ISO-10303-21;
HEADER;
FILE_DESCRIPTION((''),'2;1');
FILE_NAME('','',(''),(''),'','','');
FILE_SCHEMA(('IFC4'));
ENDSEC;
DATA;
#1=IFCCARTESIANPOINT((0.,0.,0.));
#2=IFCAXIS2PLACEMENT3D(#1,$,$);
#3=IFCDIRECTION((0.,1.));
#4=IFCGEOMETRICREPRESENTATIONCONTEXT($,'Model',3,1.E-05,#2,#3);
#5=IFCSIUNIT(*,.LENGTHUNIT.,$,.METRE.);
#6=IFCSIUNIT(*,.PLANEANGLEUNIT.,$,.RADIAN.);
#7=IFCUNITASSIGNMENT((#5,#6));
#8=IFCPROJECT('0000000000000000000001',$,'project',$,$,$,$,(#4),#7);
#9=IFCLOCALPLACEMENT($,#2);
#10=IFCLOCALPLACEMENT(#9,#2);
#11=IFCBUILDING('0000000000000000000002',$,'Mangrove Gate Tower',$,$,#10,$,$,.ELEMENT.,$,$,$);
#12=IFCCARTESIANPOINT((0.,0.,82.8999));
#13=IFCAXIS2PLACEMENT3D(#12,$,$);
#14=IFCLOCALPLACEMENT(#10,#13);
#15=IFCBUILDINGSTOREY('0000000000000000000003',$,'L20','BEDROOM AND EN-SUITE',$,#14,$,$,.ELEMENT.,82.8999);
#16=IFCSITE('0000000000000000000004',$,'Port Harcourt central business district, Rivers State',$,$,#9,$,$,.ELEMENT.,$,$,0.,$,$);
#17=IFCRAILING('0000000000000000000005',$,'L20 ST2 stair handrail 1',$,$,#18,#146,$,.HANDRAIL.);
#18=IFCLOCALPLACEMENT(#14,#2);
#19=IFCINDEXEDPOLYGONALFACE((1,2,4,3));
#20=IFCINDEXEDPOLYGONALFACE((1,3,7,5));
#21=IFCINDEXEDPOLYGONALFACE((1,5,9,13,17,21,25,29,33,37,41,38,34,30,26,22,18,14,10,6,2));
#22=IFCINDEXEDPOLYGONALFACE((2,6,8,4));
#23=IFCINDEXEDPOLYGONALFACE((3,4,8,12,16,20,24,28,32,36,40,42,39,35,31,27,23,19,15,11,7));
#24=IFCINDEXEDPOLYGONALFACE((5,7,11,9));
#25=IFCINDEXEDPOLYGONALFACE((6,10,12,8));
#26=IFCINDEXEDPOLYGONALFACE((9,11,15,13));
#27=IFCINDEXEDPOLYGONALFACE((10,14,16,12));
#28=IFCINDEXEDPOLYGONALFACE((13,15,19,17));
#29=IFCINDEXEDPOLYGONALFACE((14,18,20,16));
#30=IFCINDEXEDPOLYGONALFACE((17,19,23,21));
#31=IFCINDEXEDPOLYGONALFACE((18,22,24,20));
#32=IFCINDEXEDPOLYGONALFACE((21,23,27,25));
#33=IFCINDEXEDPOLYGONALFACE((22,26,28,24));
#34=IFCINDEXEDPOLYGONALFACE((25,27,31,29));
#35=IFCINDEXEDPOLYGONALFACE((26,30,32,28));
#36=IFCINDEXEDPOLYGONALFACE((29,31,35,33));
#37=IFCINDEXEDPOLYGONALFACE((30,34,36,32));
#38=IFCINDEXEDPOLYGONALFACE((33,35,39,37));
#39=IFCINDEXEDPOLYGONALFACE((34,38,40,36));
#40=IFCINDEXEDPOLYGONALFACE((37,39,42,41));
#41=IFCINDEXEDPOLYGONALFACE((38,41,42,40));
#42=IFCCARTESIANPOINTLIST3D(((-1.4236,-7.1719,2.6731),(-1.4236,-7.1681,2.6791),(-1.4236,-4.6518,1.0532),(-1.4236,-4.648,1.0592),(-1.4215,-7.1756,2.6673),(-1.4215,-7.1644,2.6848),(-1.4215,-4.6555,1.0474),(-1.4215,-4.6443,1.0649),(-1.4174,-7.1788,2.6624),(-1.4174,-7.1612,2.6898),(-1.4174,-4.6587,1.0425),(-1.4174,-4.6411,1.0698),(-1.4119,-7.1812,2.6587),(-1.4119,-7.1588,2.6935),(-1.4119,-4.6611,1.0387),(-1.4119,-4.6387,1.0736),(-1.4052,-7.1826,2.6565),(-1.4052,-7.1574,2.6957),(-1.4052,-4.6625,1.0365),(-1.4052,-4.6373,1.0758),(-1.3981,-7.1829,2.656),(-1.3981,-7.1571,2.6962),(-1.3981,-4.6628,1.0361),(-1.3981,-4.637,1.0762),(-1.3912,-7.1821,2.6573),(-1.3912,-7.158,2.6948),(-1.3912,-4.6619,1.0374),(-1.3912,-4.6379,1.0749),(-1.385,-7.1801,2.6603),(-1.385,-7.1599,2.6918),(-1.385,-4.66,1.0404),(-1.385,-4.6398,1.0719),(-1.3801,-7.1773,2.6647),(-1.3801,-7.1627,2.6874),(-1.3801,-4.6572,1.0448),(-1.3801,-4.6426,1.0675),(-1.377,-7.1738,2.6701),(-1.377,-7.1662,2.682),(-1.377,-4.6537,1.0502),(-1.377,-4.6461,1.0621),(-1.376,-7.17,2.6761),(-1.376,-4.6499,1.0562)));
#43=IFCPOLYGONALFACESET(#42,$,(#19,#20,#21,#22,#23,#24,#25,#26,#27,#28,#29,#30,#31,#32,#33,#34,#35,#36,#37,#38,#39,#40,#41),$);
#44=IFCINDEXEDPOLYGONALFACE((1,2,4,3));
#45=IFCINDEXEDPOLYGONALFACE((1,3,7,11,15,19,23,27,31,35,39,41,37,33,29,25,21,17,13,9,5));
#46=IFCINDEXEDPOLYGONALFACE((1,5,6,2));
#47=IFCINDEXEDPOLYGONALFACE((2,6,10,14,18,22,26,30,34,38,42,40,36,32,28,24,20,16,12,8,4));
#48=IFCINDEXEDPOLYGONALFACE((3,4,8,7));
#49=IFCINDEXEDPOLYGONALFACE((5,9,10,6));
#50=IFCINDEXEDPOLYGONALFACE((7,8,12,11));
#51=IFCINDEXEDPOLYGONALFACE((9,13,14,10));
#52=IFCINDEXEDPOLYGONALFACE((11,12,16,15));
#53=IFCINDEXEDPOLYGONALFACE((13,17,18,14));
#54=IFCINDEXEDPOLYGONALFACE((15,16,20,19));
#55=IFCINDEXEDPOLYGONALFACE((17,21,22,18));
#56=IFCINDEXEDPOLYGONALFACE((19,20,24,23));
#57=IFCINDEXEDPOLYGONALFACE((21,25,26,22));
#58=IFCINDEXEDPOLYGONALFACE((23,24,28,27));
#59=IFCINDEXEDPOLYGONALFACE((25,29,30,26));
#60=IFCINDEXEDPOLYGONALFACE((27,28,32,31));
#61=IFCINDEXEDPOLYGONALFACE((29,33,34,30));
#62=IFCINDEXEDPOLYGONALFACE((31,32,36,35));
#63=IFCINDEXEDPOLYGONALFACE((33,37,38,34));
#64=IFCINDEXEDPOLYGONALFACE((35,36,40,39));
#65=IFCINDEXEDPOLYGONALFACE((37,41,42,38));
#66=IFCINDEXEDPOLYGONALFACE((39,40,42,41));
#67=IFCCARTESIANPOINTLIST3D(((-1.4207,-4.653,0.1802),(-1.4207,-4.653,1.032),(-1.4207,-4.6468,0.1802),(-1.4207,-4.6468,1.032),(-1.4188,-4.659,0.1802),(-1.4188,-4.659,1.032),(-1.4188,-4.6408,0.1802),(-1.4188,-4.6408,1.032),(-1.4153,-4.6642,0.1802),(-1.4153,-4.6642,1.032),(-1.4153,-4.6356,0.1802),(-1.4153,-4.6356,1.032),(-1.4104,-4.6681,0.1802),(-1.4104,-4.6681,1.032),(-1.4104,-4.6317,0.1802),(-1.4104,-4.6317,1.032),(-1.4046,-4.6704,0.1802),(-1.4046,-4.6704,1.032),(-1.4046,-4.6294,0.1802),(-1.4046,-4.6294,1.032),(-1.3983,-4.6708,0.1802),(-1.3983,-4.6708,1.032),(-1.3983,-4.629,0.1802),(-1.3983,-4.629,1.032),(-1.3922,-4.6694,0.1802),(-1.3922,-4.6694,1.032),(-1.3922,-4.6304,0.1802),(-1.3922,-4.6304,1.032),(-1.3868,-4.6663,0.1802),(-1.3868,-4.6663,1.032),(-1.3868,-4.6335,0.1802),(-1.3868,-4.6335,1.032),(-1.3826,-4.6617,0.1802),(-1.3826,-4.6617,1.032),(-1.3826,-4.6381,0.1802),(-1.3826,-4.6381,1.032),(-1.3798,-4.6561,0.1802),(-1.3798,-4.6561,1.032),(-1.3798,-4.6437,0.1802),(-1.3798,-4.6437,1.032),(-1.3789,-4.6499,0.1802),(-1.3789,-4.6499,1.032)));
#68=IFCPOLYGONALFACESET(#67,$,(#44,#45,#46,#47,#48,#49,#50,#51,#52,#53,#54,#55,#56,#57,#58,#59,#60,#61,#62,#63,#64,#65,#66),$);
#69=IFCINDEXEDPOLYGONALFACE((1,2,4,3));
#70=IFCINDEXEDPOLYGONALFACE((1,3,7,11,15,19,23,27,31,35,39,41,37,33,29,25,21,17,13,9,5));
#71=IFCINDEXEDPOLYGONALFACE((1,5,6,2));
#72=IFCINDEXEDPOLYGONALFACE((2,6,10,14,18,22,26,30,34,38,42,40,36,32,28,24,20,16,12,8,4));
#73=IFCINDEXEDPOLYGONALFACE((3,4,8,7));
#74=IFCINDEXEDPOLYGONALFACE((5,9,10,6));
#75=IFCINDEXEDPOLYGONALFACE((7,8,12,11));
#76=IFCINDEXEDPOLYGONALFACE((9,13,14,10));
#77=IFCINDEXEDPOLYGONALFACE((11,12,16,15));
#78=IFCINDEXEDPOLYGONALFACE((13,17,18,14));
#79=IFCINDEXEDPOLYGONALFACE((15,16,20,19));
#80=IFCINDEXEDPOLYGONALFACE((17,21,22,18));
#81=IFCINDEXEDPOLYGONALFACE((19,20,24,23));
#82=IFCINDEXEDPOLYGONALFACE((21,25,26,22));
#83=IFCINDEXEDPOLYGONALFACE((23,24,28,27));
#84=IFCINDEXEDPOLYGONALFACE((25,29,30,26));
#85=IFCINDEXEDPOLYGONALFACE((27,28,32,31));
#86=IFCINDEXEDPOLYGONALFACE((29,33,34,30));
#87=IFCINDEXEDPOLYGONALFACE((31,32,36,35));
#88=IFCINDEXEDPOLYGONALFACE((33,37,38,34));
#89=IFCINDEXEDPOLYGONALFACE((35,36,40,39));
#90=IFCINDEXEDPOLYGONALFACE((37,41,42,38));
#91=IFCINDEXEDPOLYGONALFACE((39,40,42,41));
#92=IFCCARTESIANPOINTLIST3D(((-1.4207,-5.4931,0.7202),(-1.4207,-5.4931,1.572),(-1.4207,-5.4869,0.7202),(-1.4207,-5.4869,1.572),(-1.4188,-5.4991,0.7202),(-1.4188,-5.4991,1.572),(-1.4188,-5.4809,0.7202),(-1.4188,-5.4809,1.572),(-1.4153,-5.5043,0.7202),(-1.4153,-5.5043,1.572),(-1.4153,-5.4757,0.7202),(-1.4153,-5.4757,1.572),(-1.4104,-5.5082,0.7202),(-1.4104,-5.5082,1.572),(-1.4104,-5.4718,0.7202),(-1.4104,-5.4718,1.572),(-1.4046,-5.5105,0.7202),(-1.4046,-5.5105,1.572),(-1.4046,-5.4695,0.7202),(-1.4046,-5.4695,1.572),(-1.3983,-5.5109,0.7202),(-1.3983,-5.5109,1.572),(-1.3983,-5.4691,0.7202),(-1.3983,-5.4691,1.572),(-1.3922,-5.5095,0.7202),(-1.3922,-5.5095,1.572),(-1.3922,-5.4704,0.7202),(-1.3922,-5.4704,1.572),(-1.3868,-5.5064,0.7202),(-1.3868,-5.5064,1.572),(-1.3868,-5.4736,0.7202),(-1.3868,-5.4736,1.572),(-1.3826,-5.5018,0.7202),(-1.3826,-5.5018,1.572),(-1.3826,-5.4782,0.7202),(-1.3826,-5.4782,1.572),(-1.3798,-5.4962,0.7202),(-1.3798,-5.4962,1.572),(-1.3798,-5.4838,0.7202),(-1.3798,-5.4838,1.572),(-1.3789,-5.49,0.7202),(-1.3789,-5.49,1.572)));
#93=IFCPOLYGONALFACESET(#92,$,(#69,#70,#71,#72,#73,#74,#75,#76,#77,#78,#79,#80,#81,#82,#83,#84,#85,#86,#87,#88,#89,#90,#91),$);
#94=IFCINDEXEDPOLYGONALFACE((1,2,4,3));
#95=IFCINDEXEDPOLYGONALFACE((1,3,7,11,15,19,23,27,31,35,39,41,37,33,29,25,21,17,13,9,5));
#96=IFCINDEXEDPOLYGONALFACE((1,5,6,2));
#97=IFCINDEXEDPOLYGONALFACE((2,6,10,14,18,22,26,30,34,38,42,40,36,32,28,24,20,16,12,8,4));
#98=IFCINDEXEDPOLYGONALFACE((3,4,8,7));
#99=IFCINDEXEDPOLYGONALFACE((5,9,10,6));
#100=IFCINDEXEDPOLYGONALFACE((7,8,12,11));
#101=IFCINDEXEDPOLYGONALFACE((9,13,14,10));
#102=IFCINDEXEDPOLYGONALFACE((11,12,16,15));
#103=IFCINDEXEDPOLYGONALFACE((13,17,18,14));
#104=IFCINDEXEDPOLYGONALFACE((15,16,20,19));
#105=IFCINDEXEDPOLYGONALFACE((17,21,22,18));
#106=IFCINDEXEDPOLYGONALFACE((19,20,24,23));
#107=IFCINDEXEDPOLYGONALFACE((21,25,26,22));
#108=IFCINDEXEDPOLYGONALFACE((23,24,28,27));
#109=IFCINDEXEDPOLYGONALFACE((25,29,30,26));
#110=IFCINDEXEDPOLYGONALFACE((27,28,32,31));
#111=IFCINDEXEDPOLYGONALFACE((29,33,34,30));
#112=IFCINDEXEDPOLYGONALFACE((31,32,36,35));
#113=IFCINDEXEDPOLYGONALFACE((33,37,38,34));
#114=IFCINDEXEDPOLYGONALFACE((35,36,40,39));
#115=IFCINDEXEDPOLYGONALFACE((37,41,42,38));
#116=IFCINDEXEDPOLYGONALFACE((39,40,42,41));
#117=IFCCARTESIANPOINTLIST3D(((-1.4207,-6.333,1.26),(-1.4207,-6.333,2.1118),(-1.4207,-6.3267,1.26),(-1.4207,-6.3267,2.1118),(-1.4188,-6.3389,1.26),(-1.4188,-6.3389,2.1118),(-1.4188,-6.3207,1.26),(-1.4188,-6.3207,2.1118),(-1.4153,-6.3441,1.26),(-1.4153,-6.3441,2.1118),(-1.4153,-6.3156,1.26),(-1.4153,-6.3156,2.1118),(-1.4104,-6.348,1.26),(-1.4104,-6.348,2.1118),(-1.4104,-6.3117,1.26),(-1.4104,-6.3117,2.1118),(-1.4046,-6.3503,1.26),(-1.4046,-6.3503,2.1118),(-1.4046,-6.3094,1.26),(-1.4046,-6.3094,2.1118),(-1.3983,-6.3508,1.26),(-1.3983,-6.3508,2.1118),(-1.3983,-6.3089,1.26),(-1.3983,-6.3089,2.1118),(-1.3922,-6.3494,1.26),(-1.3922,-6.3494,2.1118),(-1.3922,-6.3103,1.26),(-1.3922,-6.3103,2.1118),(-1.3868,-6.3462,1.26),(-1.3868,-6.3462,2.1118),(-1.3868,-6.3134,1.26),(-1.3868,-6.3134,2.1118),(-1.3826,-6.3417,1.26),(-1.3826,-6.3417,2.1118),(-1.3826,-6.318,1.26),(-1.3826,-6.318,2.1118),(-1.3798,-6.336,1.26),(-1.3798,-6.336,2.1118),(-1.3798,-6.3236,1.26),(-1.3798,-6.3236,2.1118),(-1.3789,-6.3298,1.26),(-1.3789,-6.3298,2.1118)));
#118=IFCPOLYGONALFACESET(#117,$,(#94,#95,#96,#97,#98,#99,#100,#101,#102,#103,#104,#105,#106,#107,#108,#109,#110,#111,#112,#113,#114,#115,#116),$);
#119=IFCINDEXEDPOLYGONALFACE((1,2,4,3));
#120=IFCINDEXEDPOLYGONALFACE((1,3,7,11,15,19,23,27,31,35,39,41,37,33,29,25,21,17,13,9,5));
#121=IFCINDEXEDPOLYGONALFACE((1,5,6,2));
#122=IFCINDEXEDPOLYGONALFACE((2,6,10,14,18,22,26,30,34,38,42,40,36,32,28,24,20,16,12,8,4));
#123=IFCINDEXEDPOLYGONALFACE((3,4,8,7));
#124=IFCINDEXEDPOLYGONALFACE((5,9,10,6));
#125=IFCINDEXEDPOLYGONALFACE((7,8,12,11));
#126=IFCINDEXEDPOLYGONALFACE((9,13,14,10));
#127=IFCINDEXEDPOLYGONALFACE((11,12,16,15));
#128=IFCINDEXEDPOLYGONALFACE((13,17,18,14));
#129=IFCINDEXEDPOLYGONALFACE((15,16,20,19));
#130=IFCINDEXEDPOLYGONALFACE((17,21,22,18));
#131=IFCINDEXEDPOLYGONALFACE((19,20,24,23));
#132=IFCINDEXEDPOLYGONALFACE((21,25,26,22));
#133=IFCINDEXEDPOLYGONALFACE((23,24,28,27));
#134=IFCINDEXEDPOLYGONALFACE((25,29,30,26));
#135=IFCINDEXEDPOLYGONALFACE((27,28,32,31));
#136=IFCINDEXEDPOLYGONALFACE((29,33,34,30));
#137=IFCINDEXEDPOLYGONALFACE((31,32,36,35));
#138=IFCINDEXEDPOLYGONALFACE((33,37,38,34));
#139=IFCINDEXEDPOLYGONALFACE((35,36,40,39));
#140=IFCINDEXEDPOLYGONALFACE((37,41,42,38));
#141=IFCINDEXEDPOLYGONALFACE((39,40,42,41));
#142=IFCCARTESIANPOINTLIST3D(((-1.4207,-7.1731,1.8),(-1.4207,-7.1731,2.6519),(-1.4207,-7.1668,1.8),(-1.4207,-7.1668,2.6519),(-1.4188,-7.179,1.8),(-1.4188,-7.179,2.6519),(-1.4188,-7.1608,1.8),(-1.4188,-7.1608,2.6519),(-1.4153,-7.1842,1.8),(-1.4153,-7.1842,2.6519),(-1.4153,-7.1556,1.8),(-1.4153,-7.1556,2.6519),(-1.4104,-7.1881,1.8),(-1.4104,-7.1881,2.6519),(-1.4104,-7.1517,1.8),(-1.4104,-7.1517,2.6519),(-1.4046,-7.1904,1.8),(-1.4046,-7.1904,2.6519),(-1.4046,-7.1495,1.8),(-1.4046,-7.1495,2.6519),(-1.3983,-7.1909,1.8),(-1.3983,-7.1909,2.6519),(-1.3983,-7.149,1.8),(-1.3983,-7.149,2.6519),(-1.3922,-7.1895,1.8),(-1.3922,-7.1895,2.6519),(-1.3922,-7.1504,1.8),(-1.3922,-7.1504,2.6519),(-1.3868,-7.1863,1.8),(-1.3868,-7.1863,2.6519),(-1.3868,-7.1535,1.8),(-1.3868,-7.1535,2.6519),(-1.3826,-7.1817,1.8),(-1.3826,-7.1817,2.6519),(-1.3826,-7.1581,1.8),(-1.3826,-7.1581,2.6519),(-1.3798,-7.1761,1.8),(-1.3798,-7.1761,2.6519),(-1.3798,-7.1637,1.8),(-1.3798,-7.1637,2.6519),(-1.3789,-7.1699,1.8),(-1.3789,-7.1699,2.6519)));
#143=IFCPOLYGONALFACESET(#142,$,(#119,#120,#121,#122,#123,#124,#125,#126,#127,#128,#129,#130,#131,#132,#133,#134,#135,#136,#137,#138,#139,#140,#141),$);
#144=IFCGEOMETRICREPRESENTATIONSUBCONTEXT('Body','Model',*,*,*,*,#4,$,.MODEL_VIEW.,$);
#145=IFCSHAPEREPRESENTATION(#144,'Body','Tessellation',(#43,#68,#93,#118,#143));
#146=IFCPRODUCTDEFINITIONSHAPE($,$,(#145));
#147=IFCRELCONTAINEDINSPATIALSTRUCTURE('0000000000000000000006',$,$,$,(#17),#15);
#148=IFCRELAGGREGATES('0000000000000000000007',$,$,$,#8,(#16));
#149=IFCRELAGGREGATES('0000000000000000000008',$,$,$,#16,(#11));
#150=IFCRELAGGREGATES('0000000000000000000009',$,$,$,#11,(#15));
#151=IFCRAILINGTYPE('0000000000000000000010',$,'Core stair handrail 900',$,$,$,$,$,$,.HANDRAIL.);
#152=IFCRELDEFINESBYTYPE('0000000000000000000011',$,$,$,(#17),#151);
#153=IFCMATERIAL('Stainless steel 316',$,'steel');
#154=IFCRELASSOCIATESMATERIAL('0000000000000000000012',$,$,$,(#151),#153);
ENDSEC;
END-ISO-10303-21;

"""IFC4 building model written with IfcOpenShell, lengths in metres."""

from ifc_helpers import new_model, si_unit, direction, frame, origin, origin_2d, place, context, subcontext, project, spatial, circle, extrude, material, type_object, element, save


model = new_model("IFC4")

# Units and contexts
model_context = context("Model", 3, precision=1e-05, world=origin(), true_north=direction((0.0, 1.0)))
body_context = subcontext(model_context, "Body", "Model", "MODEL_VIEW")
ifc_project = project(units=[si_unit("LENGTHUNIT", "METRE"), si_unit("PLANEANGLEUNIT", "RADIAN")], contexts=[model_context])

# Site, building, storey
site_placement = place(None, origin())
site = spatial("IfcSite", under=ifc_project, at=site_placement, Name="Port Harcourt central business district, Rivers State", CompositionType="ELEMENT", RefElevation=0.0)
building_placement = place(site_placement, origin())
building = spatial("IfcBuilding", under=site, at=building_placement, Name="Mangrove Gate Tower", CompositionType="ELEMENT")
storey_placement = place(building_placement, frame((0.0, 0.0, 82.8999)))
storey = spatial("IfcBuildingStorey", under=building, at=storey_placement, Name="L20", Description="BEDROOM AND EN-SUITE", CompositionType="ELEMENT", Elevation=82.8999)

# Railing
ifc_material_1 = material(Name="Stainless steel 316", Category="steel")
railing_type_1 = type_object("IfcRailingType", Name="Core stair handrail 900", PredefinedType="HANDRAIL", material=ifc_material_1)
railing_1_placement = place(storey_placement, frame((-1.3999, -4.6499, 0.1802)))
element("IfcRailing", 1, at=railing_1_placement, inside=storey, type_object=railing_type_1, Name="L20 ST2 stair handrail 1", PredefinedType="HANDRAIL", context=body_context, shape_type="SweptSolid", body=[
    extrude(circle(Radius=0.0239, at=origin_2d()), frame((0.0, 0.0, 0.876), z_axis=(0.0, -0.8412, 0.540725), x_axis=(1.0, 0.0, 0.0)), (0.0, 0.0, 1.0), 2.9958),
    extrude(circle(Radius=0.021, at=origin_2d()), origin(), (0.0, 0.0, 1.0), 0.8518),
    extrude(circle(Radius=0.021, at=origin_2d()), frame((0.0, -0.8401, 0.54)), (0.0, 0.0, 1.0), 0.8518),
    extrude(circle(Radius=0.021, at=origin_2d()), frame((0.0, -1.6799, 1.0798)), (0.0, 0.0, 1.0), 0.8518),
    extrude(circle(Radius=0.021, at=origin_2d()), frame((0.0, -2.52, 1.6199)), (0.0, 0.0, 1.0), 0.8518),
])

save(model, "model.ifc")
